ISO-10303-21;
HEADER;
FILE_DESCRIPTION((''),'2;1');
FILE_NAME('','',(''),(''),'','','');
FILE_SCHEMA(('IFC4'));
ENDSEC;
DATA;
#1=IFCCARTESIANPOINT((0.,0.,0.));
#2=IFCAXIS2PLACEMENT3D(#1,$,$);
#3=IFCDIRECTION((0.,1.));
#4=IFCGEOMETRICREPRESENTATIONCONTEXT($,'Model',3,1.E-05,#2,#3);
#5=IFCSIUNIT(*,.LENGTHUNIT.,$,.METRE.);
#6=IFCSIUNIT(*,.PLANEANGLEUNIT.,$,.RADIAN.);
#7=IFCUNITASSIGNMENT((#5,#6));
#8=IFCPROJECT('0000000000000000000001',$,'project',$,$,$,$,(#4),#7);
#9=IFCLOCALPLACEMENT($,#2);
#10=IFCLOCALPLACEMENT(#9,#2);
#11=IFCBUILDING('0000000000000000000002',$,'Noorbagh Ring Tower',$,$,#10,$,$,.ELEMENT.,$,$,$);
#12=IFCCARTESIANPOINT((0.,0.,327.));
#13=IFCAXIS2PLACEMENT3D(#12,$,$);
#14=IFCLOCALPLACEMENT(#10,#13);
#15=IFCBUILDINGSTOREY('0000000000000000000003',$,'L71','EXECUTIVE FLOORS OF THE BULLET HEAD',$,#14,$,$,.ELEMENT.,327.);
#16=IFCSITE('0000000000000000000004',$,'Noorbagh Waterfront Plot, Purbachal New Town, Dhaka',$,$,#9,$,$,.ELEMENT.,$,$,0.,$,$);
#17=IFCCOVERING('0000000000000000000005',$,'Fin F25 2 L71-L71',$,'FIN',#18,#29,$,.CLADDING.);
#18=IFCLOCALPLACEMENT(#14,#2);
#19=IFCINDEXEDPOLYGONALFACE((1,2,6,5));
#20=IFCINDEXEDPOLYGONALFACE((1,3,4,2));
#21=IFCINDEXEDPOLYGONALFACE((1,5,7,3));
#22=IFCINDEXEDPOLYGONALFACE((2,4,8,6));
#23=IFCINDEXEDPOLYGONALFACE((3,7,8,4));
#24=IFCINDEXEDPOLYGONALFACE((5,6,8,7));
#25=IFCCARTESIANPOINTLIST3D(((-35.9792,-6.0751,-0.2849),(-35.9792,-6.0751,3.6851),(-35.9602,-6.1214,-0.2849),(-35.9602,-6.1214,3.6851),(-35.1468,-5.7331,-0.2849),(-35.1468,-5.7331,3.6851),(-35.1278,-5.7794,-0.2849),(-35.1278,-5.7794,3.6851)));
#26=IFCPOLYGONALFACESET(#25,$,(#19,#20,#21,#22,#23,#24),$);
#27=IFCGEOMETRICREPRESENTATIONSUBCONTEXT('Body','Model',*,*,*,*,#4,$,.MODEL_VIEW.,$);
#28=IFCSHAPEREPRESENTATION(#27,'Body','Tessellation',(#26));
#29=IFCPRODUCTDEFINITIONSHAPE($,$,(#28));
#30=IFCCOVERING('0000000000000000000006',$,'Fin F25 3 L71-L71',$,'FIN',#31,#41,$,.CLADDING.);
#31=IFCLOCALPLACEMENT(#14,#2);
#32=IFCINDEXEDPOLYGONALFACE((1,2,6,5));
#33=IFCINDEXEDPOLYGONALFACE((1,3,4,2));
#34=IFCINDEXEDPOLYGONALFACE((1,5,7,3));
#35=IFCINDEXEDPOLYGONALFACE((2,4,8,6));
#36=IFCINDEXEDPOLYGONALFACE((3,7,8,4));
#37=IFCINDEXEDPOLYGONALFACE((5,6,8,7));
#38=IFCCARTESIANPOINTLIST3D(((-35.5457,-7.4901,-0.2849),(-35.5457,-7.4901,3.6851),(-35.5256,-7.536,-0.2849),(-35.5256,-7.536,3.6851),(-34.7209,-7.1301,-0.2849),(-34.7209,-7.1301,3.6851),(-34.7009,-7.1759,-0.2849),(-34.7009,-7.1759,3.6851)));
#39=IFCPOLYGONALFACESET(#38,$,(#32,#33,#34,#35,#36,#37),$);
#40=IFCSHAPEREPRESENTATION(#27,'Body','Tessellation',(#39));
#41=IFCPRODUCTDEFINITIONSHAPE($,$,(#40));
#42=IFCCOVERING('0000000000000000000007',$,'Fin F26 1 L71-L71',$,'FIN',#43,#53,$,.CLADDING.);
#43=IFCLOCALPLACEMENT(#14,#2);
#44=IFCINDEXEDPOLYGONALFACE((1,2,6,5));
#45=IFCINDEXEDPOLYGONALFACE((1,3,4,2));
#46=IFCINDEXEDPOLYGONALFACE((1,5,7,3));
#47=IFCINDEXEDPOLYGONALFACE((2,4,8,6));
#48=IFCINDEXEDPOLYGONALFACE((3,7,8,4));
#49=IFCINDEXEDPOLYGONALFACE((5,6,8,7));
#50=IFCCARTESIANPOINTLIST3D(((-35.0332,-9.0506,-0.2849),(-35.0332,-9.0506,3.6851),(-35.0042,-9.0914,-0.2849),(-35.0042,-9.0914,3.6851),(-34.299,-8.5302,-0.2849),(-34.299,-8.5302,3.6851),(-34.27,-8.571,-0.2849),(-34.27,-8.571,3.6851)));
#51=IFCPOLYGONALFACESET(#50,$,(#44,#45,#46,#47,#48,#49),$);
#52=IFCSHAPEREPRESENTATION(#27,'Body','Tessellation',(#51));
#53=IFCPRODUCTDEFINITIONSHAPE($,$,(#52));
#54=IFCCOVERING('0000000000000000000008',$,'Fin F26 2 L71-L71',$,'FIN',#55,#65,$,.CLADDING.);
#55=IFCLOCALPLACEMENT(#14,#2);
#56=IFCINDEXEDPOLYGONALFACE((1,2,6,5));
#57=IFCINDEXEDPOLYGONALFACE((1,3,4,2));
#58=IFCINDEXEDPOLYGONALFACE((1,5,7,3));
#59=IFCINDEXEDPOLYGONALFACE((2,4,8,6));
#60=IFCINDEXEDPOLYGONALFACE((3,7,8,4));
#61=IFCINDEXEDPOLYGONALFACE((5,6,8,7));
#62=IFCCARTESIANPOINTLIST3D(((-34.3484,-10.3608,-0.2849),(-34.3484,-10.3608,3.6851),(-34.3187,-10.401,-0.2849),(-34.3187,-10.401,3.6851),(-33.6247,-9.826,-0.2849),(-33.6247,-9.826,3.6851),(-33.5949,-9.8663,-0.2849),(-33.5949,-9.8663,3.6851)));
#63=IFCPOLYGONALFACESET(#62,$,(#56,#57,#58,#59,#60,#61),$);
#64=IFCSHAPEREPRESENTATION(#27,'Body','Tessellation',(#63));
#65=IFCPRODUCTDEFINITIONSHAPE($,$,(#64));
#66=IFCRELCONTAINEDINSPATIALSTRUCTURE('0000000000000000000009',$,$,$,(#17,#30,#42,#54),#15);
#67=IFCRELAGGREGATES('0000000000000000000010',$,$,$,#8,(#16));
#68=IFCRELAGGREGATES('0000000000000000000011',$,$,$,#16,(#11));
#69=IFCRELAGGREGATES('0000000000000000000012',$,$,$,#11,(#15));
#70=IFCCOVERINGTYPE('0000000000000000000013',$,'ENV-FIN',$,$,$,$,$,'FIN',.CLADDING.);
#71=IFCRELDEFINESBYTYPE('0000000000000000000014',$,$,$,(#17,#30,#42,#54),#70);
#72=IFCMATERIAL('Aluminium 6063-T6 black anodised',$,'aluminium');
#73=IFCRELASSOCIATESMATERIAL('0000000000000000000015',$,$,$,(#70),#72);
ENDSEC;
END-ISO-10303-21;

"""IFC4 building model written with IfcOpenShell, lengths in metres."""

from ifc_helpers import new_model, si_unit, direction, frame, origin, origin_2d, place, context, subcontext, project, spatial, rectangle, extrude, material, material_profile, profile_set, type_object, element, save


model = new_model("IFC4")

# Units and contexts
model_context = context("Model", 3, precision=1e-05, world=origin(), true_north=direction((0.0, 1.0)))
body_context = subcontext(model_context, "Body", "Model", "MODEL_VIEW")
ifc_project = project(units=[si_unit("LENGTHUNIT", "METRE"), si_unit("PLANEANGLEUNIT", "RADIAN")], contexts=[model_context])

# Site, building, storey
site_placement = place(None, origin())
site = spatial("IfcSite", under=ifc_project, at=site_placement, Name="Noorbagh Waterfront Plot, Purbachal New Town, Dhaka", CompositionType="ELEMENT", RefElevation=0.0)
building_placement = place(site_placement, origin())
building = spatial("IfcBuilding", under=site, at=building_placement, Name="Noorbagh Ring Tower", CompositionType="ELEMENT")
storey_placement = place(building_placement, frame((0.0, 0.0, 327.0)))
storey = spatial("IfcBuildingStorey", under=building, at=storey_placement, Name="L71", Description="EXECUTIVE FLOORS OF THE BULLET HEAD", CompositionType="ELEMENT", Elevation=327.0)

# Coverings
ifc_material_1 = material(Name="Aluminium 6063-T6 black anodised", Category="aluminium")
ifc_material_profile_1 = material_profile(ifc_material_1, rectangle(XDim=0.8999, YDim=0.05, at=origin_2d()), Name="900x50")
ifc_profile_set_1 = profile_set([ifc_material_profile_1], Name="Aluminium 6063-T6 black anodised")
covering_type = type_object("IfcCoveringType", Name="ENV-FIN", ElementType="FIN", PredefinedType="CLADDING", material=ifc_profile_set_1)
for number, where, z_axis, x_axis, name in (
    (1, (-35.5535, -5.9272, -0.2849), (0.0, 0.0, 1.0), (-0.925001, -0.379965, 0.0), "Fin F25 2 L71-L71"),
    (2, (-35.1233, -7.333, -0.2849), (0.0, 0.0, 1.0), (-0.916475, -0.400092, 0.0), "Fin F25 3 L71-L71"),
    (3, (-34.6516, -8.8108, -0.2849), (0.0, 0.0, 1.0), (-0.815855, -0.578256, 0.0), "Fin F26 1 L71-L71"),
    (4, (-33.9717, -10.1135, -0.2849), (0.0, 0.0, 1.0), (-0.80426, -0.594277, 0.0), "Fin F26 2 L71-L71"),
):
    element("IfcCovering", number, at=place(storey_placement, frame(where, z_axis=z_axis, x_axis=x_axis)), inside=storey, type_object=covering_type, Name=name, ObjectType="FIN", PredefinedType="CLADDING", context=body_context, shape_type="SweptSolid", body=[
        extrude(rectangle(XDim=0.8999, YDim=0.05, at=origin_2d()), origin(), (0.0, 0.0, 1.0), 3.97),
    ])

save(model, "model.ifc")
